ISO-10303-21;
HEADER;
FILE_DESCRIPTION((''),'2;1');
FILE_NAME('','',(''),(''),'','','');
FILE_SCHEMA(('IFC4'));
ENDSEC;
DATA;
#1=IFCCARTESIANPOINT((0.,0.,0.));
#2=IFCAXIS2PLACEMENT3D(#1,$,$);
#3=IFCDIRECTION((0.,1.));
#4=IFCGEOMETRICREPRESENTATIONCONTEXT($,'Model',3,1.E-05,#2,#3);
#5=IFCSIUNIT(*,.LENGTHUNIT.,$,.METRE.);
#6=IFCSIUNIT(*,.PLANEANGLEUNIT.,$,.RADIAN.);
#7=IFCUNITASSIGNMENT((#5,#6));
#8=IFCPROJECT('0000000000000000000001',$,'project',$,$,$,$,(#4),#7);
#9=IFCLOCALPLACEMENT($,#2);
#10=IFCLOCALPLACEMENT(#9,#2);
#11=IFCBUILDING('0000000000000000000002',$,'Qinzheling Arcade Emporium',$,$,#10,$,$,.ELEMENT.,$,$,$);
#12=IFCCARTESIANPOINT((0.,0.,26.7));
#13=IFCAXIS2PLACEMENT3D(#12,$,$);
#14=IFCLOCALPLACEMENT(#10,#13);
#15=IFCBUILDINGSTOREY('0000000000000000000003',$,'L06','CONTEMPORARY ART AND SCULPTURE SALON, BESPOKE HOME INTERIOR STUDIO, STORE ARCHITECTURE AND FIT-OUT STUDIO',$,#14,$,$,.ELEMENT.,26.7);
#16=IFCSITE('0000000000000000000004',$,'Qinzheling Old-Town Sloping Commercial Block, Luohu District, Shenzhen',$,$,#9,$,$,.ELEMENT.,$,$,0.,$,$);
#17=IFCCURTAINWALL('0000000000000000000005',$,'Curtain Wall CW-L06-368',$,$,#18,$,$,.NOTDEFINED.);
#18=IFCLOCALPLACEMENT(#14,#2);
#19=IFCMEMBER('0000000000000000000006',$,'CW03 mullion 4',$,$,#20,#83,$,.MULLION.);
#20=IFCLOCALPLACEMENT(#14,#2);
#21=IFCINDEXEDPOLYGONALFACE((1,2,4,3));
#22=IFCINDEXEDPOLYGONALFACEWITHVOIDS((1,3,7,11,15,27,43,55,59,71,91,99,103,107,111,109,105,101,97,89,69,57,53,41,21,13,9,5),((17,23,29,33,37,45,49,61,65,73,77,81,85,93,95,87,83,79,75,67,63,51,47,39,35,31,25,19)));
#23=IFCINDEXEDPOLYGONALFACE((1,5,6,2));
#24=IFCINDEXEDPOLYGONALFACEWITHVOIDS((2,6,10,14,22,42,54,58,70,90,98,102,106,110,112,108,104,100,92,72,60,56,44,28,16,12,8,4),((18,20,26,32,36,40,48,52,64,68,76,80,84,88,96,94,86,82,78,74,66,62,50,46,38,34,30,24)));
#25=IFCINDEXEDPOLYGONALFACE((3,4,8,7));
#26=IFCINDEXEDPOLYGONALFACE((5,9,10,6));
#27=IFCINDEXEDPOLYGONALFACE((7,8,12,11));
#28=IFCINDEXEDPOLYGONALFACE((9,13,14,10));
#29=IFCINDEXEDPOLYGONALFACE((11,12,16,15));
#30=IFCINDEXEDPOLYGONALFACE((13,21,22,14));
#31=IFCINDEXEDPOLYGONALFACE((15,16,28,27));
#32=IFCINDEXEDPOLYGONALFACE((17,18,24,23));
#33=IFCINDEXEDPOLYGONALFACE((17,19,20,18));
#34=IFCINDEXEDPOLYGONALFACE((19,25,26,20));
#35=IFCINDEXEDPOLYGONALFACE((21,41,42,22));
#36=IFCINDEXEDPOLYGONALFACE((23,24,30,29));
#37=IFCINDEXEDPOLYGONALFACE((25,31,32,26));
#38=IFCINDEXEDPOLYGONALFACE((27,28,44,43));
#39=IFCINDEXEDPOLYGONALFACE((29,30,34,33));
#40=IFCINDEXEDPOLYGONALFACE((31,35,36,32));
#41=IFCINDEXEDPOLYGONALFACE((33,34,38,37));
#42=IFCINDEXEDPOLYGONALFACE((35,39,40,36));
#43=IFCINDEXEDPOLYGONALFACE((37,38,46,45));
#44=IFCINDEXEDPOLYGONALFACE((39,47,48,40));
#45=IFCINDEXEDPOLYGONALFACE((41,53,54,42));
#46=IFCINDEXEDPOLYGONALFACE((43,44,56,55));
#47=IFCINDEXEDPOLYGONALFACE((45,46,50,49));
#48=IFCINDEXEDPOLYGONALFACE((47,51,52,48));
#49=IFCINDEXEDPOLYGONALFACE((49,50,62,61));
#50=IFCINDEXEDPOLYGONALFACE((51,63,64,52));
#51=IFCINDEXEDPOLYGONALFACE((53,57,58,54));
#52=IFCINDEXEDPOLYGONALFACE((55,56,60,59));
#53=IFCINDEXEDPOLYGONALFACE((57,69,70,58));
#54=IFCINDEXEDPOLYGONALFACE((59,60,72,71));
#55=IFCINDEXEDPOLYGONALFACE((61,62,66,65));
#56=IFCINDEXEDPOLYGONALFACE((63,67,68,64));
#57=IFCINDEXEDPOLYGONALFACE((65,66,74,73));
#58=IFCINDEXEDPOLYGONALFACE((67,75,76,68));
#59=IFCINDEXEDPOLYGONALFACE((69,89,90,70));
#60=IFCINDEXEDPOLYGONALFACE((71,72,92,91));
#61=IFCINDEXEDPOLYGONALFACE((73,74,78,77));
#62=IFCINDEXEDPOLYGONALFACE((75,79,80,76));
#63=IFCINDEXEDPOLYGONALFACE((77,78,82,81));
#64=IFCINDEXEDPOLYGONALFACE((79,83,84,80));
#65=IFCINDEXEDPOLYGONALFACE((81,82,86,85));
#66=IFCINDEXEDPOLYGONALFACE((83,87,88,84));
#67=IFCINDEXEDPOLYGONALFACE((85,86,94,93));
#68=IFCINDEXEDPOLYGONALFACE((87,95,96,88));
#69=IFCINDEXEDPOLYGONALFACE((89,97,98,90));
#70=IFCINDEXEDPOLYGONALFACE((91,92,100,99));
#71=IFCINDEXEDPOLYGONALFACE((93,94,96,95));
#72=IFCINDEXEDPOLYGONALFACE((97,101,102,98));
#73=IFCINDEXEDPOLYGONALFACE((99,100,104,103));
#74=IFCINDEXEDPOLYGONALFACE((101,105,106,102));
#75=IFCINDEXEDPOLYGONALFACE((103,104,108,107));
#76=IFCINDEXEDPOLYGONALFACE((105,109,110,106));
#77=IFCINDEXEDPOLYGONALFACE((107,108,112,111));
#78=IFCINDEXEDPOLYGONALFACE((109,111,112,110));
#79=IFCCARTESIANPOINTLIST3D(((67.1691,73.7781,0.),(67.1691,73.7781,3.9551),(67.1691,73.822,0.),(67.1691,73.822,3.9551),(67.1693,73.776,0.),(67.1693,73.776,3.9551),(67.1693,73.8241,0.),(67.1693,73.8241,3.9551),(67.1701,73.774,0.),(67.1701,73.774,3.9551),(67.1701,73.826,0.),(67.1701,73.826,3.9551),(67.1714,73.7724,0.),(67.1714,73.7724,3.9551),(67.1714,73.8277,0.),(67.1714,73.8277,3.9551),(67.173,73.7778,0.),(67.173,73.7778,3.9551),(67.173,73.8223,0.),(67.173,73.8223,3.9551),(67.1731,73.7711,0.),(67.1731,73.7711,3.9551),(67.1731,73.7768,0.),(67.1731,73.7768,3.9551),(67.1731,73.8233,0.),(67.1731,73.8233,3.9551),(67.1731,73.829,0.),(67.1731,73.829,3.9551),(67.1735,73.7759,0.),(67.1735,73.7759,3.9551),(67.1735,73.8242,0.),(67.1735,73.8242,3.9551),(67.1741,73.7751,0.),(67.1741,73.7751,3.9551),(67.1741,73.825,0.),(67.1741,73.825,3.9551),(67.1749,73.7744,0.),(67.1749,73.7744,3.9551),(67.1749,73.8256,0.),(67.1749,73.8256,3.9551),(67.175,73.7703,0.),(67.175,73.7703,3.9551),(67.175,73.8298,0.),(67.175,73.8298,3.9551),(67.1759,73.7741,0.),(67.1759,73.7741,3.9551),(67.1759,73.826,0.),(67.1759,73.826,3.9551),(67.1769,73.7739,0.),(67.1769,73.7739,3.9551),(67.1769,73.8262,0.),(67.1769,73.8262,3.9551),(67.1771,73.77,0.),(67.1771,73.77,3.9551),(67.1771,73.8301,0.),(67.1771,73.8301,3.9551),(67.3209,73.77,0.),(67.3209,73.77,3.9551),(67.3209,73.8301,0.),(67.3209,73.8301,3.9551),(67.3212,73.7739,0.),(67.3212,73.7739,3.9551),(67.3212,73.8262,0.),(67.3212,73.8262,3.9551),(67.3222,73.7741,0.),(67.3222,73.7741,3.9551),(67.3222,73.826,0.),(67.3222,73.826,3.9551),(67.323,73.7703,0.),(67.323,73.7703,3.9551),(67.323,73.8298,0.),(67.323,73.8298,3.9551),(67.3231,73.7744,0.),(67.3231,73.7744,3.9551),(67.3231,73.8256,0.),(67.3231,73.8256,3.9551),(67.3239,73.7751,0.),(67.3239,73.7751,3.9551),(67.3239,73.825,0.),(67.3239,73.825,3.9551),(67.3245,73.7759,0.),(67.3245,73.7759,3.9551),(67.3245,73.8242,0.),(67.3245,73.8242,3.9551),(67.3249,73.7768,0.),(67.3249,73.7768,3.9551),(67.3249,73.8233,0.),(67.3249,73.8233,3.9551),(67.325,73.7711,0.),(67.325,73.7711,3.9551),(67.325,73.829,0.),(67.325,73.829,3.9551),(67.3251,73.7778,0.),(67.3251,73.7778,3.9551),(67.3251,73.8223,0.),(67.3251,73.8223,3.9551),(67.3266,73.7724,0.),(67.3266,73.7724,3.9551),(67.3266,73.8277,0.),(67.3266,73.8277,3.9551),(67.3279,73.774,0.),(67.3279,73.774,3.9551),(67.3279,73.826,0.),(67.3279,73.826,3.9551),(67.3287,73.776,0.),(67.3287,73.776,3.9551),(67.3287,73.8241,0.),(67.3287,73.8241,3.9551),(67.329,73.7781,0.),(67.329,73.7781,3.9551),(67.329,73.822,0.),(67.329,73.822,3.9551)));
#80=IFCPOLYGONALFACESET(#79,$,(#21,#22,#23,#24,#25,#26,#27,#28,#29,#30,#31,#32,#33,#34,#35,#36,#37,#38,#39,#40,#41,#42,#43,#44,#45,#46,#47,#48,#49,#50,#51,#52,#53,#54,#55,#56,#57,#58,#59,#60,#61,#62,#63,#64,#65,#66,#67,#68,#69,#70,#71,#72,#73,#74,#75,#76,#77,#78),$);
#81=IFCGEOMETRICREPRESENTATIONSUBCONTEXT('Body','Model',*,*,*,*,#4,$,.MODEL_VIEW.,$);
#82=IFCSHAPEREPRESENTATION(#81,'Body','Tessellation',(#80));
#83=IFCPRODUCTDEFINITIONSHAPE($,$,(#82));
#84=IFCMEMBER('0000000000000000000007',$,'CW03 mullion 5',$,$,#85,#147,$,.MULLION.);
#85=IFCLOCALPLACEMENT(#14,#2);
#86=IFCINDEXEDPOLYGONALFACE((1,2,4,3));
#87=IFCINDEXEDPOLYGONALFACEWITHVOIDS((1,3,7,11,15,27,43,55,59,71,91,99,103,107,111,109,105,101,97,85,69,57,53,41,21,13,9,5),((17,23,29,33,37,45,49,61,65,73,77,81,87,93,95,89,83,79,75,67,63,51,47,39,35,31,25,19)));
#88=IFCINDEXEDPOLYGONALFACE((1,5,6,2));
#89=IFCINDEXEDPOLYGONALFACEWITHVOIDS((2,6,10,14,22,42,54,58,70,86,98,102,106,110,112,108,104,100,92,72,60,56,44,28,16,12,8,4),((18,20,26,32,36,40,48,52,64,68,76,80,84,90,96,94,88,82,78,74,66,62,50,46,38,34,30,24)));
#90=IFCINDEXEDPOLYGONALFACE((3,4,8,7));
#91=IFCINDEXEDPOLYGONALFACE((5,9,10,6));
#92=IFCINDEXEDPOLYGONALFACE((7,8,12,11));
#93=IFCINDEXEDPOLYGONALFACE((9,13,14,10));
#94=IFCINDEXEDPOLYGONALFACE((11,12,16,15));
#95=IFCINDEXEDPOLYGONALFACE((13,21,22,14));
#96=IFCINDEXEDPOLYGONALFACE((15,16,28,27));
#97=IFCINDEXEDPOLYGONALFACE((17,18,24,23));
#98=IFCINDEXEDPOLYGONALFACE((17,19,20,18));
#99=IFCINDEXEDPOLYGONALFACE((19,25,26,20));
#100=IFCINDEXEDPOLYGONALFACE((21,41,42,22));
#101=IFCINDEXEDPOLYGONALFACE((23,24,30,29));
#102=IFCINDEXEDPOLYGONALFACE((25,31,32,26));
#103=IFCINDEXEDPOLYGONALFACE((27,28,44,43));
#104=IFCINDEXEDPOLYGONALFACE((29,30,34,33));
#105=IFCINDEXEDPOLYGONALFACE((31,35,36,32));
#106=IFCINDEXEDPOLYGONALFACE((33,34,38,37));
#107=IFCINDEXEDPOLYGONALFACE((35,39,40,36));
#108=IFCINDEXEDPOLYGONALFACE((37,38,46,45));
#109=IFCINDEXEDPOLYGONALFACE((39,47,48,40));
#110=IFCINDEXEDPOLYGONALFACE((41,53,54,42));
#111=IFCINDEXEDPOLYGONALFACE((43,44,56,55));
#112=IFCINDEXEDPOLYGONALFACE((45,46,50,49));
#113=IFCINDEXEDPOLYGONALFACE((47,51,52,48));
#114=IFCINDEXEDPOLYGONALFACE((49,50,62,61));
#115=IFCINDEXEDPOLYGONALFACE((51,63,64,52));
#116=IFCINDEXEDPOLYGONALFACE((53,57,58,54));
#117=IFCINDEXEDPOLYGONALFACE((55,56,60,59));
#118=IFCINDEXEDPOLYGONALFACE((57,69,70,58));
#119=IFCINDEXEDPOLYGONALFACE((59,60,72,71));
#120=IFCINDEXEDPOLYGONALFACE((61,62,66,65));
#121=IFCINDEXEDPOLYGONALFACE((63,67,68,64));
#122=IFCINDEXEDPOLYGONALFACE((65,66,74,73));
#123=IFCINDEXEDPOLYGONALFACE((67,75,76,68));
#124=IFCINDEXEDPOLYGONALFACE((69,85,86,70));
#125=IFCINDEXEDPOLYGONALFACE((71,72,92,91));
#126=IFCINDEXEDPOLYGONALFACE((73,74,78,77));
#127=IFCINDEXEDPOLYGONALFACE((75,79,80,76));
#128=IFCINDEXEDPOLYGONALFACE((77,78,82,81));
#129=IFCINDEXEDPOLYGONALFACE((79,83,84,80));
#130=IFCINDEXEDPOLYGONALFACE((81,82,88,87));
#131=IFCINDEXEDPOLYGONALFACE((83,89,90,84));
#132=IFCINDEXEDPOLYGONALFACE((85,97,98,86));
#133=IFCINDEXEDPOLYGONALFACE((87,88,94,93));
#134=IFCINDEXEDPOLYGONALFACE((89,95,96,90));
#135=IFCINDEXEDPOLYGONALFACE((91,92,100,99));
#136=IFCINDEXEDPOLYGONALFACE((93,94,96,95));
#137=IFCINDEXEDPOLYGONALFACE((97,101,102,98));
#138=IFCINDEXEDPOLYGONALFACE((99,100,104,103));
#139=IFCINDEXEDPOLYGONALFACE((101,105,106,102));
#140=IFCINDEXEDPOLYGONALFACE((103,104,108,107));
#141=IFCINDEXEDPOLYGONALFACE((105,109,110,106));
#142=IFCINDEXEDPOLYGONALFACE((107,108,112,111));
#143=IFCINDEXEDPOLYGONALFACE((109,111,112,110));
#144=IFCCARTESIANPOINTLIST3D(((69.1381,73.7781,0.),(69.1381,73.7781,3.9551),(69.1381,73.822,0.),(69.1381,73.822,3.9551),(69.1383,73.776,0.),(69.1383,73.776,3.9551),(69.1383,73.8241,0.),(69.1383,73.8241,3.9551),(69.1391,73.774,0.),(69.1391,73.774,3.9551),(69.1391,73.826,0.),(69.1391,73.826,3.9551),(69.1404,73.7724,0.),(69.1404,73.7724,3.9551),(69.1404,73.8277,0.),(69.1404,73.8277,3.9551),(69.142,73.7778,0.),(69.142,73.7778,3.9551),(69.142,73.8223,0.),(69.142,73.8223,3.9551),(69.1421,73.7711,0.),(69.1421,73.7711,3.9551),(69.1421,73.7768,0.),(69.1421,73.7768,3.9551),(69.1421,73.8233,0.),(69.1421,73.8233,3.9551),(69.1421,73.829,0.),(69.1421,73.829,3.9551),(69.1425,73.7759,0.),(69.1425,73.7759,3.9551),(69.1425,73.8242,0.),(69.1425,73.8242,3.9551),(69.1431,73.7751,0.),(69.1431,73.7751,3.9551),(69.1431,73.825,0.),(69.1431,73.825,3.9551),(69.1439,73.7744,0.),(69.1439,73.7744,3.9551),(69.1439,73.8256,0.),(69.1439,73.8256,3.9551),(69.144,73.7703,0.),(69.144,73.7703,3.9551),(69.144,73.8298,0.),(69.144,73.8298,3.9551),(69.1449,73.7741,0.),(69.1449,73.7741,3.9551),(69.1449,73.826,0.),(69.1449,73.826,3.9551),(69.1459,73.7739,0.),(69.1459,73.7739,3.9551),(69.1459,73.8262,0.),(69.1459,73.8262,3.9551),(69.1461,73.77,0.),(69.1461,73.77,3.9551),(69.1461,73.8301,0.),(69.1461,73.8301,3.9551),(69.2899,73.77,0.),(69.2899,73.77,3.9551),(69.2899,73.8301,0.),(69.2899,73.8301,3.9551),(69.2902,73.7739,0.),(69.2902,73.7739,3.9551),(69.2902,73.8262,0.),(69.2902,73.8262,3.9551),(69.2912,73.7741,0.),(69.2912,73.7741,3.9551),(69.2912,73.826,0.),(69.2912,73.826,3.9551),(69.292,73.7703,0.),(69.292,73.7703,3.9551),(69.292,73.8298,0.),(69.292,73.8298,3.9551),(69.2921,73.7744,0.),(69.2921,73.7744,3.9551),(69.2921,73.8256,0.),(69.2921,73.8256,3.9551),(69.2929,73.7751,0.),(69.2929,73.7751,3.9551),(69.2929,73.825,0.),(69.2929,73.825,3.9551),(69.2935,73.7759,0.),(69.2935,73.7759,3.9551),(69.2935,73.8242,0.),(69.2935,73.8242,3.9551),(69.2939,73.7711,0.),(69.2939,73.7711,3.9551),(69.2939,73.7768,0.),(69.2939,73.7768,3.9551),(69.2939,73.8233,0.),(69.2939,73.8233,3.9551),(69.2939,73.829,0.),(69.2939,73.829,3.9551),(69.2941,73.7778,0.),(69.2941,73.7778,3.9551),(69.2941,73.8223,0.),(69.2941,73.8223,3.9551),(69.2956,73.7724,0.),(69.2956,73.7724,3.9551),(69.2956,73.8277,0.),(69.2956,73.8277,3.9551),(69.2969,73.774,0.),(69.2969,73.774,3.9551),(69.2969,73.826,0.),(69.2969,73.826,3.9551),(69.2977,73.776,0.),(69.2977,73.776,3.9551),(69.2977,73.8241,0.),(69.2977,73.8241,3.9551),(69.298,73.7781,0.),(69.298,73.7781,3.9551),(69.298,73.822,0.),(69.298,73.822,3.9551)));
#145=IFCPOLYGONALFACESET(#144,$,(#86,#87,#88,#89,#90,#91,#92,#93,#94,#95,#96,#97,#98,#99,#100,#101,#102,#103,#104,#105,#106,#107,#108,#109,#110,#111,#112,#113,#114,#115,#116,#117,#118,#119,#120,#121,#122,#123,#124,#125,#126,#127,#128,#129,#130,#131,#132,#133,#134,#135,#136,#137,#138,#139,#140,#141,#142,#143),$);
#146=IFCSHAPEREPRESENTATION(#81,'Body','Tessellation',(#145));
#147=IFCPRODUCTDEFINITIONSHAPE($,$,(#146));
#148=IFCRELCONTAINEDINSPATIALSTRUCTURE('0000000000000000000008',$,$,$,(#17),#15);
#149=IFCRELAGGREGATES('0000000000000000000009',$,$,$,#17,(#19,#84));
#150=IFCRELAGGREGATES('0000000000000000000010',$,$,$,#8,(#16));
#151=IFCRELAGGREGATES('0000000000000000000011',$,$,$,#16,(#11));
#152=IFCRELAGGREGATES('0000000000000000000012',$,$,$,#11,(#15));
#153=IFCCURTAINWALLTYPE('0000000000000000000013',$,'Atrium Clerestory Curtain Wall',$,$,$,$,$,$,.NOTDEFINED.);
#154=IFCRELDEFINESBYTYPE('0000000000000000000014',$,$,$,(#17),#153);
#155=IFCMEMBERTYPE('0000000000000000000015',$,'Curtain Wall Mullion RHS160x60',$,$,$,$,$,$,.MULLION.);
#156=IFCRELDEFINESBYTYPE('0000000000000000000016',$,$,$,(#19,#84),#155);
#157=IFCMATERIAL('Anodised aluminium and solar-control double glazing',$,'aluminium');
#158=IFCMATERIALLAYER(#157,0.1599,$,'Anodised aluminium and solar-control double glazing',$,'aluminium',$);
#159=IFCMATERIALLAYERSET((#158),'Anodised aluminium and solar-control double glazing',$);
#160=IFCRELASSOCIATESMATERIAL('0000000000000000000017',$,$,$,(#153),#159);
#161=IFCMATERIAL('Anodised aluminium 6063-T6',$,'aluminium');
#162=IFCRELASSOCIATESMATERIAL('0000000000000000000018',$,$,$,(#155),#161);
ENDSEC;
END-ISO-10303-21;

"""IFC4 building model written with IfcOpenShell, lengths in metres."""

from ifc_helpers import new_model, si_unit, direction, frame, origin, origin_2d, place, context, subcontext, project, spatial, hollow_rectangle, extrude, material, layer, layer_set, material_profile, profile_set, type_object, element, aggregate, save


model = new_model("IFC4")

# Units and contexts
model_context = context("Model", 3, precision=1e-05, world=origin(), true_north=direction((0.0, 1.0)))
body_context = subcontext(model_context, "Body", "Model", "MODEL_VIEW")
ifc_project = project(units=[si_unit("LENGTHUNIT", "METRE"), si_unit("PLANEANGLEUNIT", "RADIAN")], contexts=[model_context])

# Site, building, storey
site_placement = place(None, origin())
site = spatial("IfcSite", under=ifc_project, at=site_placement, Name="Qinzheling Old-Town Sloping Commercial Block, Luohu District, Shenzhen", CompositionType="ELEMENT", RefElevation=0.0)
building_placement = place(site_placement, origin())
building = spatial("IfcBuilding", under=site, at=building_placement, Name="Qinzheling Arcade Emporium", CompositionType="ELEMENT")
storey_placement = place(building_placement, frame((0.0, 0.0, 26.7)))
storey = spatial("IfcBuildingStorey", under=building, at=storey_placement, Name="L06", Description="CONTEMPORARY ART AND SCULPTURE SALON, BESPOKE HOME INTERIOR STUDIO, STORE ARCHITECTURE AND FIT-OUT STUDIO", CompositionType="ELEMENT", Elevation=26.7)

# Curtain wall, members
ifc_material_1 = material(Name="Anodised aluminium and solar-control double glazing", Category="aluminium")
ifc_layer_1 = layer(ifc_material_1, 0.1599, Name="Anodised aluminium and solar-control double glazing", Category="aluminium")
ifc_layer_set_1 = layer_set([ifc_layer_1], Name="Anodised aluminium and solar-control double glazing")
curtain_wall_type = type_object("IfcCurtainWallType", Name="Atrium Clerestory Curtain Wall", PredefinedType="NOTDEFINED", material=ifc_layer_set_1)
curtain_wall_placement = place(storey_placement, origin())
curtain_wall = element("IfcCurtainWall", 1, at=curtain_wall_placement, inside=storey, type_object=curtain_wall_type, Name="Curtain Wall CW-L06-368", PredefinedType="NOTDEFINED")
ifc_material_2 = material(Name="Anodised aluminium 6063-T6", Category="aluminium")
ifc_material_profile_1 = material_profile(ifc_material_2, hollow_rectangle(XDim=0.0601, YDim=0.1599, WallThickness=0.0039, InnerFilletRadius=0.0039, OuterFilletRadius=0.0081, at=origin_2d()), Name="RHS 160x60x4", Category="aluminium")
ifc_profile_set_1 = profile_set([ifc_material_profile_1], Name="Anodised aluminium 6063-T6")
member_type_1 = type_object("IfcMemberType", Name="Curtain Wall Mullion RHS160x60", PredefinedType="MULLION", material=ifc_profile_set_1)
member_1_placement = place(storey_placement, frame((67.249, 73.8, 0.0), z_axis=(0.0, 0.0, 1.0), x_axis=(0.0, 1.0, 0.0)))
member_1 = element("IfcMember", 2, at=member_1_placement, type_object=member_type_1, Name="CW03 mullion 4", PredefinedType="MULLION", context=body_context, shape_type="SweptSolid", body=[
    extrude(hollow_rectangle(XDim=0.0601, YDim=0.1599, WallThickness=0.0039, InnerFilletRadius=0.0039, OuterFilletRadius=0.0081, at=origin_2d()), origin(), (0.0, 0.0, 1.0), 3.9551),
])
member_2_placement = place(storey_placement, frame((69.218, 73.8, 0.0), z_axis=(0.0, 0.0, 1.0), x_axis=(0.0, 1.0, 0.0)))
member_2 = element("IfcMember", 3, at=member_2_placement, type_object=member_type_1, Name="CW03 mullion 5", PredefinedType="MULLION", context=body_context, shape_type="SweptSolid", body=[
    extrude(hollow_rectangle(XDim=0.0601, YDim=0.1599, WallThickness=0.0039, InnerFilletRadius=0.0039, OuterFilletRadius=0.0081, at=origin_2d()), origin(), (0.0, 0.0, 1.0), 3.9551),
])
aggregate(curtain_wall, [member_1, member_2])

save(model, "model.ifc")
